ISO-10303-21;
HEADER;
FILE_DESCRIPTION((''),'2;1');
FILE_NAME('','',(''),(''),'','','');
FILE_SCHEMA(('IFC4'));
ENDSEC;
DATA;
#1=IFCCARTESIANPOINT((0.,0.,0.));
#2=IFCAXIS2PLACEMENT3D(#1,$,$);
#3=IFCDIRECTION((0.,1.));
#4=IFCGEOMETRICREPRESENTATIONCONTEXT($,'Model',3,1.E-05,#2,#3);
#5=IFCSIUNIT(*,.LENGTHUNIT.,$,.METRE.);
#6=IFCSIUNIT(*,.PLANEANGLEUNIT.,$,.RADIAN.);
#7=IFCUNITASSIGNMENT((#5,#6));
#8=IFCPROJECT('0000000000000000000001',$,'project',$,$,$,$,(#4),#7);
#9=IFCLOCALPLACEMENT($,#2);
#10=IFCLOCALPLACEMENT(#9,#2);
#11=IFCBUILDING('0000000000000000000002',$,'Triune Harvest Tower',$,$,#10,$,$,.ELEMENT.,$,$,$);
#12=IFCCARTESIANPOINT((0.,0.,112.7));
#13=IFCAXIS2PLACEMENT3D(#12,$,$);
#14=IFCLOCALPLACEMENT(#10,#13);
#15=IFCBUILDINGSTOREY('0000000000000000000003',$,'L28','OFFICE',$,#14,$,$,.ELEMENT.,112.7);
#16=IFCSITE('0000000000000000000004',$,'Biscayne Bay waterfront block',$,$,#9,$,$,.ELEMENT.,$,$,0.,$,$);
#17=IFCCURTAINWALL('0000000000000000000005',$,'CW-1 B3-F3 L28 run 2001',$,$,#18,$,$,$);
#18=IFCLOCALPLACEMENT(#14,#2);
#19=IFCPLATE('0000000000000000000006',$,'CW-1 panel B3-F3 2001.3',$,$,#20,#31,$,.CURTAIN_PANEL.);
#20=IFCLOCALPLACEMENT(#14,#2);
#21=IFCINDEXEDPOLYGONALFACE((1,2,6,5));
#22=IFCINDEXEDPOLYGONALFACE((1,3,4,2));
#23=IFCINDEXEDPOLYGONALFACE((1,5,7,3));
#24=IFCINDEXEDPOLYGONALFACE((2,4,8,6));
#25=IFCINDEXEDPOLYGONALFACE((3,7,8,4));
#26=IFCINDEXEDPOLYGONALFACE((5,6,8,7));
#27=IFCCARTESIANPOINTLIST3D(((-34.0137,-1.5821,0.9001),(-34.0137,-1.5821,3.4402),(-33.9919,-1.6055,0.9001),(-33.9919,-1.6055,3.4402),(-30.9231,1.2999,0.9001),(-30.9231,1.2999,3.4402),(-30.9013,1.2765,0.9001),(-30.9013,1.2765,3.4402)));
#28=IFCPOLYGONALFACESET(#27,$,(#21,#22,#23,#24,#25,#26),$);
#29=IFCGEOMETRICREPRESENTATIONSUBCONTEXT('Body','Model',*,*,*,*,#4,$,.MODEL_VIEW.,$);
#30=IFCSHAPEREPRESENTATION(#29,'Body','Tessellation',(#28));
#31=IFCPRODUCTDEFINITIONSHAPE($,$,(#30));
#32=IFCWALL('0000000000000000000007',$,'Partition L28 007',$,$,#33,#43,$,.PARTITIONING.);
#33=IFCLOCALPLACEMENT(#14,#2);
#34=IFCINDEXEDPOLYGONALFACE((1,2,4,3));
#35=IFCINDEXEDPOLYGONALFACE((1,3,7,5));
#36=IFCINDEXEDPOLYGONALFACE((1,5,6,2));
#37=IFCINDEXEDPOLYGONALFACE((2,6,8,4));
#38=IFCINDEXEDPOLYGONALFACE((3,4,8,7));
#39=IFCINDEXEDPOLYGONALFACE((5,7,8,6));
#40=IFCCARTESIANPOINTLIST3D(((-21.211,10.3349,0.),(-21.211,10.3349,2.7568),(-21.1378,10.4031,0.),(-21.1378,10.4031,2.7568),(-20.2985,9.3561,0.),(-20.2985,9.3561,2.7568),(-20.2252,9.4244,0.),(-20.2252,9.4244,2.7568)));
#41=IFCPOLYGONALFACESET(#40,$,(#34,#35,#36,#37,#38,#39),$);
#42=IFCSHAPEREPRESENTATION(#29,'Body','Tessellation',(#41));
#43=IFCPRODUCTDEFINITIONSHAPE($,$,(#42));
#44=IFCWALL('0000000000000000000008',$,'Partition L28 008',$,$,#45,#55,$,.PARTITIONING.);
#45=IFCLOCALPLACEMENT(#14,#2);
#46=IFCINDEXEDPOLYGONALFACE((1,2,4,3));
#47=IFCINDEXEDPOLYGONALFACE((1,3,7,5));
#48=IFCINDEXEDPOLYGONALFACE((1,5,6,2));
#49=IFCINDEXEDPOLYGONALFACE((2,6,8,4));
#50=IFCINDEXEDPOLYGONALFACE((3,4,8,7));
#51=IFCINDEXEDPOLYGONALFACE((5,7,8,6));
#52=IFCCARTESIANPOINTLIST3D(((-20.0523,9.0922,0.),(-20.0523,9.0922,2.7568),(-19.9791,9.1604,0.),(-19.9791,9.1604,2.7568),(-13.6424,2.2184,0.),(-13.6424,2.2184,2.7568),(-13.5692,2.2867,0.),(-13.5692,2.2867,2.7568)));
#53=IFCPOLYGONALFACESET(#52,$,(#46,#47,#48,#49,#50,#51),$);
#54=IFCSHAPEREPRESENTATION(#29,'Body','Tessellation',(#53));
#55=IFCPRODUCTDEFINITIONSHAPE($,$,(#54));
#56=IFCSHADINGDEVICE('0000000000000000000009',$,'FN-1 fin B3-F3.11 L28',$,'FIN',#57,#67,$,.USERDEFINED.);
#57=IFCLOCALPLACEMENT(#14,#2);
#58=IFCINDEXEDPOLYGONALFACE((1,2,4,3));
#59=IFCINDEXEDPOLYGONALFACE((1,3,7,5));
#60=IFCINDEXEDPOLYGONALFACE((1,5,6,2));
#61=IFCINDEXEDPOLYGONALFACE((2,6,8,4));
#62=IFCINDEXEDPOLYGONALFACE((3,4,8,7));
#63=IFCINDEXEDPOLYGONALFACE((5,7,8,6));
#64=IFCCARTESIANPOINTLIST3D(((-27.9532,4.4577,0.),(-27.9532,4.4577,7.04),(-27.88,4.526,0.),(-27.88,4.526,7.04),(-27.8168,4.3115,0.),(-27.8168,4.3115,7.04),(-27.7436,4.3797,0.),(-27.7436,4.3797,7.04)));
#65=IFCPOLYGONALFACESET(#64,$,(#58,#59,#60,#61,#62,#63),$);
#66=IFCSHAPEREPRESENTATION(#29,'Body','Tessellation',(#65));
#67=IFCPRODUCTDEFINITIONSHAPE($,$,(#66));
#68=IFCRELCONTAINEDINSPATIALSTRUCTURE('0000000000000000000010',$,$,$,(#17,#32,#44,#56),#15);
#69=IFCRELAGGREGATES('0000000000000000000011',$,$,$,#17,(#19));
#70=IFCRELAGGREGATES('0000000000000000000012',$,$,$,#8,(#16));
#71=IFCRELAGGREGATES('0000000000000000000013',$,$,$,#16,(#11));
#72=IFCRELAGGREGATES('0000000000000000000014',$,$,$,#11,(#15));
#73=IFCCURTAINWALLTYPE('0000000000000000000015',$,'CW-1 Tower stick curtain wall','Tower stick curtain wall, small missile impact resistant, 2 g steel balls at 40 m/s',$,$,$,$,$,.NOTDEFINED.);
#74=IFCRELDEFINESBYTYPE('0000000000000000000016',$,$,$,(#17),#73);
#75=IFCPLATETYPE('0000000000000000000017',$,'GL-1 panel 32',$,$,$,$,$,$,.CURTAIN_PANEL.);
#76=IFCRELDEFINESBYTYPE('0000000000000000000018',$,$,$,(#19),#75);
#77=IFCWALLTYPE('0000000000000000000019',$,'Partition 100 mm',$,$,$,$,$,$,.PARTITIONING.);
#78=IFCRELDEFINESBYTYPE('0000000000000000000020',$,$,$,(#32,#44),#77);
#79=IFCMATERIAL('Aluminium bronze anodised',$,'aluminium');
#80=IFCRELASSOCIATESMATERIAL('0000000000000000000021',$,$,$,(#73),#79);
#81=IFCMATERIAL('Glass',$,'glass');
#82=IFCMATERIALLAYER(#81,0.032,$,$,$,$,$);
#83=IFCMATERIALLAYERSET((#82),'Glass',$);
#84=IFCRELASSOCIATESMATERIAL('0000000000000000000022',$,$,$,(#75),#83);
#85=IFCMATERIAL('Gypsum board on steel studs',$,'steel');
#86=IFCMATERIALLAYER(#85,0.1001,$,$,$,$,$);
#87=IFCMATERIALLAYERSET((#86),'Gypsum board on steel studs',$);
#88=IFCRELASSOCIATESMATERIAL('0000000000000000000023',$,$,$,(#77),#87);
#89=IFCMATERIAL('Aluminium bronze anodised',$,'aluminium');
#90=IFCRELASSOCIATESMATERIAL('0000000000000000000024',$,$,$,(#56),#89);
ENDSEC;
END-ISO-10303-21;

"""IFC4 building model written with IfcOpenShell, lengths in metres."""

from ifc_helpers import new_model, si_unit, direction, frame, frame_2d, origin, origin_2d, place, context, subcontext, project, spatial, rectangle, extrude, source, transform, mapped, material, layer, layer_set, type_object, element, aggregate, save


model = new_model("IFC4")

# Units and contexts
model_context = context("Model", 3, precision=1e-05, world=origin(), true_north=direction((0.0, 1.0)))
body_context = subcontext(model_context, "Body", "Model", "MODEL_VIEW")
ifc_project = project(units=[si_unit("LENGTHUNIT", "METRE"), si_unit("PLANEANGLEUNIT", "RADIAN")], contexts=[model_context])

# Site, building, storey
site_placement = place(None, origin())
site = spatial("IfcSite", under=ifc_project, at=site_placement, Name="Biscayne Bay waterfront block", CompositionType="ELEMENT", RefElevation=0.0)
building_placement = place(site_placement, origin())
building = spatial("IfcBuilding", under=site, at=building_placement, Name="Triune Harvest Tower", CompositionType="ELEMENT")
storey_placement = place(building_placement, frame((0.0, 0.0, 112.7)))
storey = spatial("IfcBuildingStorey", under=building, at=storey_placement, Name="L28", Description="OFFICE", CompositionType="ELEMENT", Elevation=112.7)

# Curtain wall
ifc_material_1 = material(Name="Aluminium bronze anodised", Category="aluminium")
curtain_wall_type_1 = type_object("IfcCurtainWallType", Name="CW-1 Tower stick curtain wall", Description="Tower stick curtain wall, small missile impact resistant, 2 g steel balls at 40 m/s", PredefinedType="NOTDEFINED", material=ifc_material_1)
curtain_wall_1_placement = place(storey_placement, origin())
curtain_wall_1 = element("IfcCurtainWall", 1, at=curtain_wall_1_placement, inside=storey, type_object=curtain_wall_type_1, Name="CW-1 B3-F3 L28 run 2001")

# Plate
ifc_material_2 = material(Name="Glass", Category="glass")
ifc_layer_1 = layer(ifc_material_2, 0.032)
ifc_layer_set_1 = layer_set([ifc_layer_1], Name="Glass")
plate_type_1 = type_object("IfcPlateType", Name="GL-1 panel 32", PredefinedType="CURTAIN_PANEL", material=ifc_layer_set_1)
shared_shape_1 = source(origin(), body_context, "Body", "SweptSolid", [
    extrude(rectangle(XDim=4.2258, YDim=0.032, at=origin_2d()), origin(), (0.0, 0.0, 1.0), 2.54),
])
plate_1_placement = place(storey_placement, frame((-32.4575, -0.1528, 0.9001), z_axis=(0.0, 0.0, 1.0), x_axis=(-0.731354, -0.681998, 0.0)))
plate_1 = element("IfcPlate", 2, at=plate_1_placement, type_object=plate_type_1, Name="CW-1 panel B3-F3 2001.3", PredefinedType="CURTAIN_PANEL", context=body_context, shape_type="MappedRepresentation", body=[
    mapped(shared_shape_1, transform((0.0, 0.0, 0.0), scale=1.0)),
])
aggregate(curtain_wall_1, [plate_1])

# Walls
ifc_material_3 = material(Name="Gypsum board on steel studs", Category="steel")
ifc_layer_2 = layer(ifc_material_3, 0.1001)
ifc_layer_set_2 = layer_set([ifc_layer_2], Name="Gypsum board on steel studs")
wall_type = type_object("IfcWallType", Name="Partition 100 mm", PredefinedType="PARTITIONING", material=ifc_layer_set_2)
wall_1_placement = place(storey_placement, frame((-21.1743, 10.3689, 0.0), z_axis=(0.0, 0.0, 1.0), x_axis=(0.681954, -0.731395, 0.0)))
element("IfcWall", 3, at=wall_1_placement, inside=storey, type_object=wall_type, Name="Partition L28 007", PredefinedType="PARTITIONING", context=body_context, shape_type="SweptSolid", body=[
    extrude(rectangle(XDim=1.3381, YDim=0.1001, at=frame_2d((0.6689, 0.0))), origin(), (0.0, 0.0, 1.0), 2.7568),
])
shared_shape_2 = source(origin(), body_context, "Body", "SweptSolid", [
    extrude(rectangle(XDim=9.3987, YDim=0.1001, at=frame_2d((4.6992, 0.0))), origin(), (0.0, 0.0, 1.0), 2.7568),
])
wall_2_placement = place(storey_placement, frame((-20.0156, 9.1262, 0.0), z_axis=(0.0, 0.0, 1.0), x_axis=(0.681999, -0.731353, 0.0)))
element("IfcWall", 4, at=wall_2_placement, inside=storey, type_object=wall_type, Name="Partition L28 008", PredefinedType="PARTITIONING", context=body_context, shape_type="MappedRepresentation", body=[
    mapped(shared_shape_2, transform((0.0, 0.0, 0.0), scale=1.0)),
])

# Shading device
ifc_material_4 = material(Name="Aluminium bronze anodised", Category="aluminium")
shared_shape_3 = source(origin(), body_context, "Body", "SweptSolid", [
    extrude(rectangle(XDim=0.1001, YDim=0.2, at=origin_2d()), origin(), (0.0, 0.0, 1.0), 7.04),
])
shading_device_placement = place(storey_placement, frame((-27.8484, 4.4187, 0.0), z_axis=(0.0, 0.0, 1.0), x_axis=(-0.731353, -0.681999, 0.0)))
element("IfcShadingDevice", 5, at=shading_device_placement, inside=storey, material=ifc_material_4, Name="FN-1 fin B3-F3.11 L28", ObjectType="FIN", PredefinedType="USERDEFINED", context=body_context, shape_type="MappedRepresentation", body=[
    mapped(shared_shape_3, transform((0.0, 0.0, 0.0), scale=1.0)),
])

save(model, "model.ifc")
